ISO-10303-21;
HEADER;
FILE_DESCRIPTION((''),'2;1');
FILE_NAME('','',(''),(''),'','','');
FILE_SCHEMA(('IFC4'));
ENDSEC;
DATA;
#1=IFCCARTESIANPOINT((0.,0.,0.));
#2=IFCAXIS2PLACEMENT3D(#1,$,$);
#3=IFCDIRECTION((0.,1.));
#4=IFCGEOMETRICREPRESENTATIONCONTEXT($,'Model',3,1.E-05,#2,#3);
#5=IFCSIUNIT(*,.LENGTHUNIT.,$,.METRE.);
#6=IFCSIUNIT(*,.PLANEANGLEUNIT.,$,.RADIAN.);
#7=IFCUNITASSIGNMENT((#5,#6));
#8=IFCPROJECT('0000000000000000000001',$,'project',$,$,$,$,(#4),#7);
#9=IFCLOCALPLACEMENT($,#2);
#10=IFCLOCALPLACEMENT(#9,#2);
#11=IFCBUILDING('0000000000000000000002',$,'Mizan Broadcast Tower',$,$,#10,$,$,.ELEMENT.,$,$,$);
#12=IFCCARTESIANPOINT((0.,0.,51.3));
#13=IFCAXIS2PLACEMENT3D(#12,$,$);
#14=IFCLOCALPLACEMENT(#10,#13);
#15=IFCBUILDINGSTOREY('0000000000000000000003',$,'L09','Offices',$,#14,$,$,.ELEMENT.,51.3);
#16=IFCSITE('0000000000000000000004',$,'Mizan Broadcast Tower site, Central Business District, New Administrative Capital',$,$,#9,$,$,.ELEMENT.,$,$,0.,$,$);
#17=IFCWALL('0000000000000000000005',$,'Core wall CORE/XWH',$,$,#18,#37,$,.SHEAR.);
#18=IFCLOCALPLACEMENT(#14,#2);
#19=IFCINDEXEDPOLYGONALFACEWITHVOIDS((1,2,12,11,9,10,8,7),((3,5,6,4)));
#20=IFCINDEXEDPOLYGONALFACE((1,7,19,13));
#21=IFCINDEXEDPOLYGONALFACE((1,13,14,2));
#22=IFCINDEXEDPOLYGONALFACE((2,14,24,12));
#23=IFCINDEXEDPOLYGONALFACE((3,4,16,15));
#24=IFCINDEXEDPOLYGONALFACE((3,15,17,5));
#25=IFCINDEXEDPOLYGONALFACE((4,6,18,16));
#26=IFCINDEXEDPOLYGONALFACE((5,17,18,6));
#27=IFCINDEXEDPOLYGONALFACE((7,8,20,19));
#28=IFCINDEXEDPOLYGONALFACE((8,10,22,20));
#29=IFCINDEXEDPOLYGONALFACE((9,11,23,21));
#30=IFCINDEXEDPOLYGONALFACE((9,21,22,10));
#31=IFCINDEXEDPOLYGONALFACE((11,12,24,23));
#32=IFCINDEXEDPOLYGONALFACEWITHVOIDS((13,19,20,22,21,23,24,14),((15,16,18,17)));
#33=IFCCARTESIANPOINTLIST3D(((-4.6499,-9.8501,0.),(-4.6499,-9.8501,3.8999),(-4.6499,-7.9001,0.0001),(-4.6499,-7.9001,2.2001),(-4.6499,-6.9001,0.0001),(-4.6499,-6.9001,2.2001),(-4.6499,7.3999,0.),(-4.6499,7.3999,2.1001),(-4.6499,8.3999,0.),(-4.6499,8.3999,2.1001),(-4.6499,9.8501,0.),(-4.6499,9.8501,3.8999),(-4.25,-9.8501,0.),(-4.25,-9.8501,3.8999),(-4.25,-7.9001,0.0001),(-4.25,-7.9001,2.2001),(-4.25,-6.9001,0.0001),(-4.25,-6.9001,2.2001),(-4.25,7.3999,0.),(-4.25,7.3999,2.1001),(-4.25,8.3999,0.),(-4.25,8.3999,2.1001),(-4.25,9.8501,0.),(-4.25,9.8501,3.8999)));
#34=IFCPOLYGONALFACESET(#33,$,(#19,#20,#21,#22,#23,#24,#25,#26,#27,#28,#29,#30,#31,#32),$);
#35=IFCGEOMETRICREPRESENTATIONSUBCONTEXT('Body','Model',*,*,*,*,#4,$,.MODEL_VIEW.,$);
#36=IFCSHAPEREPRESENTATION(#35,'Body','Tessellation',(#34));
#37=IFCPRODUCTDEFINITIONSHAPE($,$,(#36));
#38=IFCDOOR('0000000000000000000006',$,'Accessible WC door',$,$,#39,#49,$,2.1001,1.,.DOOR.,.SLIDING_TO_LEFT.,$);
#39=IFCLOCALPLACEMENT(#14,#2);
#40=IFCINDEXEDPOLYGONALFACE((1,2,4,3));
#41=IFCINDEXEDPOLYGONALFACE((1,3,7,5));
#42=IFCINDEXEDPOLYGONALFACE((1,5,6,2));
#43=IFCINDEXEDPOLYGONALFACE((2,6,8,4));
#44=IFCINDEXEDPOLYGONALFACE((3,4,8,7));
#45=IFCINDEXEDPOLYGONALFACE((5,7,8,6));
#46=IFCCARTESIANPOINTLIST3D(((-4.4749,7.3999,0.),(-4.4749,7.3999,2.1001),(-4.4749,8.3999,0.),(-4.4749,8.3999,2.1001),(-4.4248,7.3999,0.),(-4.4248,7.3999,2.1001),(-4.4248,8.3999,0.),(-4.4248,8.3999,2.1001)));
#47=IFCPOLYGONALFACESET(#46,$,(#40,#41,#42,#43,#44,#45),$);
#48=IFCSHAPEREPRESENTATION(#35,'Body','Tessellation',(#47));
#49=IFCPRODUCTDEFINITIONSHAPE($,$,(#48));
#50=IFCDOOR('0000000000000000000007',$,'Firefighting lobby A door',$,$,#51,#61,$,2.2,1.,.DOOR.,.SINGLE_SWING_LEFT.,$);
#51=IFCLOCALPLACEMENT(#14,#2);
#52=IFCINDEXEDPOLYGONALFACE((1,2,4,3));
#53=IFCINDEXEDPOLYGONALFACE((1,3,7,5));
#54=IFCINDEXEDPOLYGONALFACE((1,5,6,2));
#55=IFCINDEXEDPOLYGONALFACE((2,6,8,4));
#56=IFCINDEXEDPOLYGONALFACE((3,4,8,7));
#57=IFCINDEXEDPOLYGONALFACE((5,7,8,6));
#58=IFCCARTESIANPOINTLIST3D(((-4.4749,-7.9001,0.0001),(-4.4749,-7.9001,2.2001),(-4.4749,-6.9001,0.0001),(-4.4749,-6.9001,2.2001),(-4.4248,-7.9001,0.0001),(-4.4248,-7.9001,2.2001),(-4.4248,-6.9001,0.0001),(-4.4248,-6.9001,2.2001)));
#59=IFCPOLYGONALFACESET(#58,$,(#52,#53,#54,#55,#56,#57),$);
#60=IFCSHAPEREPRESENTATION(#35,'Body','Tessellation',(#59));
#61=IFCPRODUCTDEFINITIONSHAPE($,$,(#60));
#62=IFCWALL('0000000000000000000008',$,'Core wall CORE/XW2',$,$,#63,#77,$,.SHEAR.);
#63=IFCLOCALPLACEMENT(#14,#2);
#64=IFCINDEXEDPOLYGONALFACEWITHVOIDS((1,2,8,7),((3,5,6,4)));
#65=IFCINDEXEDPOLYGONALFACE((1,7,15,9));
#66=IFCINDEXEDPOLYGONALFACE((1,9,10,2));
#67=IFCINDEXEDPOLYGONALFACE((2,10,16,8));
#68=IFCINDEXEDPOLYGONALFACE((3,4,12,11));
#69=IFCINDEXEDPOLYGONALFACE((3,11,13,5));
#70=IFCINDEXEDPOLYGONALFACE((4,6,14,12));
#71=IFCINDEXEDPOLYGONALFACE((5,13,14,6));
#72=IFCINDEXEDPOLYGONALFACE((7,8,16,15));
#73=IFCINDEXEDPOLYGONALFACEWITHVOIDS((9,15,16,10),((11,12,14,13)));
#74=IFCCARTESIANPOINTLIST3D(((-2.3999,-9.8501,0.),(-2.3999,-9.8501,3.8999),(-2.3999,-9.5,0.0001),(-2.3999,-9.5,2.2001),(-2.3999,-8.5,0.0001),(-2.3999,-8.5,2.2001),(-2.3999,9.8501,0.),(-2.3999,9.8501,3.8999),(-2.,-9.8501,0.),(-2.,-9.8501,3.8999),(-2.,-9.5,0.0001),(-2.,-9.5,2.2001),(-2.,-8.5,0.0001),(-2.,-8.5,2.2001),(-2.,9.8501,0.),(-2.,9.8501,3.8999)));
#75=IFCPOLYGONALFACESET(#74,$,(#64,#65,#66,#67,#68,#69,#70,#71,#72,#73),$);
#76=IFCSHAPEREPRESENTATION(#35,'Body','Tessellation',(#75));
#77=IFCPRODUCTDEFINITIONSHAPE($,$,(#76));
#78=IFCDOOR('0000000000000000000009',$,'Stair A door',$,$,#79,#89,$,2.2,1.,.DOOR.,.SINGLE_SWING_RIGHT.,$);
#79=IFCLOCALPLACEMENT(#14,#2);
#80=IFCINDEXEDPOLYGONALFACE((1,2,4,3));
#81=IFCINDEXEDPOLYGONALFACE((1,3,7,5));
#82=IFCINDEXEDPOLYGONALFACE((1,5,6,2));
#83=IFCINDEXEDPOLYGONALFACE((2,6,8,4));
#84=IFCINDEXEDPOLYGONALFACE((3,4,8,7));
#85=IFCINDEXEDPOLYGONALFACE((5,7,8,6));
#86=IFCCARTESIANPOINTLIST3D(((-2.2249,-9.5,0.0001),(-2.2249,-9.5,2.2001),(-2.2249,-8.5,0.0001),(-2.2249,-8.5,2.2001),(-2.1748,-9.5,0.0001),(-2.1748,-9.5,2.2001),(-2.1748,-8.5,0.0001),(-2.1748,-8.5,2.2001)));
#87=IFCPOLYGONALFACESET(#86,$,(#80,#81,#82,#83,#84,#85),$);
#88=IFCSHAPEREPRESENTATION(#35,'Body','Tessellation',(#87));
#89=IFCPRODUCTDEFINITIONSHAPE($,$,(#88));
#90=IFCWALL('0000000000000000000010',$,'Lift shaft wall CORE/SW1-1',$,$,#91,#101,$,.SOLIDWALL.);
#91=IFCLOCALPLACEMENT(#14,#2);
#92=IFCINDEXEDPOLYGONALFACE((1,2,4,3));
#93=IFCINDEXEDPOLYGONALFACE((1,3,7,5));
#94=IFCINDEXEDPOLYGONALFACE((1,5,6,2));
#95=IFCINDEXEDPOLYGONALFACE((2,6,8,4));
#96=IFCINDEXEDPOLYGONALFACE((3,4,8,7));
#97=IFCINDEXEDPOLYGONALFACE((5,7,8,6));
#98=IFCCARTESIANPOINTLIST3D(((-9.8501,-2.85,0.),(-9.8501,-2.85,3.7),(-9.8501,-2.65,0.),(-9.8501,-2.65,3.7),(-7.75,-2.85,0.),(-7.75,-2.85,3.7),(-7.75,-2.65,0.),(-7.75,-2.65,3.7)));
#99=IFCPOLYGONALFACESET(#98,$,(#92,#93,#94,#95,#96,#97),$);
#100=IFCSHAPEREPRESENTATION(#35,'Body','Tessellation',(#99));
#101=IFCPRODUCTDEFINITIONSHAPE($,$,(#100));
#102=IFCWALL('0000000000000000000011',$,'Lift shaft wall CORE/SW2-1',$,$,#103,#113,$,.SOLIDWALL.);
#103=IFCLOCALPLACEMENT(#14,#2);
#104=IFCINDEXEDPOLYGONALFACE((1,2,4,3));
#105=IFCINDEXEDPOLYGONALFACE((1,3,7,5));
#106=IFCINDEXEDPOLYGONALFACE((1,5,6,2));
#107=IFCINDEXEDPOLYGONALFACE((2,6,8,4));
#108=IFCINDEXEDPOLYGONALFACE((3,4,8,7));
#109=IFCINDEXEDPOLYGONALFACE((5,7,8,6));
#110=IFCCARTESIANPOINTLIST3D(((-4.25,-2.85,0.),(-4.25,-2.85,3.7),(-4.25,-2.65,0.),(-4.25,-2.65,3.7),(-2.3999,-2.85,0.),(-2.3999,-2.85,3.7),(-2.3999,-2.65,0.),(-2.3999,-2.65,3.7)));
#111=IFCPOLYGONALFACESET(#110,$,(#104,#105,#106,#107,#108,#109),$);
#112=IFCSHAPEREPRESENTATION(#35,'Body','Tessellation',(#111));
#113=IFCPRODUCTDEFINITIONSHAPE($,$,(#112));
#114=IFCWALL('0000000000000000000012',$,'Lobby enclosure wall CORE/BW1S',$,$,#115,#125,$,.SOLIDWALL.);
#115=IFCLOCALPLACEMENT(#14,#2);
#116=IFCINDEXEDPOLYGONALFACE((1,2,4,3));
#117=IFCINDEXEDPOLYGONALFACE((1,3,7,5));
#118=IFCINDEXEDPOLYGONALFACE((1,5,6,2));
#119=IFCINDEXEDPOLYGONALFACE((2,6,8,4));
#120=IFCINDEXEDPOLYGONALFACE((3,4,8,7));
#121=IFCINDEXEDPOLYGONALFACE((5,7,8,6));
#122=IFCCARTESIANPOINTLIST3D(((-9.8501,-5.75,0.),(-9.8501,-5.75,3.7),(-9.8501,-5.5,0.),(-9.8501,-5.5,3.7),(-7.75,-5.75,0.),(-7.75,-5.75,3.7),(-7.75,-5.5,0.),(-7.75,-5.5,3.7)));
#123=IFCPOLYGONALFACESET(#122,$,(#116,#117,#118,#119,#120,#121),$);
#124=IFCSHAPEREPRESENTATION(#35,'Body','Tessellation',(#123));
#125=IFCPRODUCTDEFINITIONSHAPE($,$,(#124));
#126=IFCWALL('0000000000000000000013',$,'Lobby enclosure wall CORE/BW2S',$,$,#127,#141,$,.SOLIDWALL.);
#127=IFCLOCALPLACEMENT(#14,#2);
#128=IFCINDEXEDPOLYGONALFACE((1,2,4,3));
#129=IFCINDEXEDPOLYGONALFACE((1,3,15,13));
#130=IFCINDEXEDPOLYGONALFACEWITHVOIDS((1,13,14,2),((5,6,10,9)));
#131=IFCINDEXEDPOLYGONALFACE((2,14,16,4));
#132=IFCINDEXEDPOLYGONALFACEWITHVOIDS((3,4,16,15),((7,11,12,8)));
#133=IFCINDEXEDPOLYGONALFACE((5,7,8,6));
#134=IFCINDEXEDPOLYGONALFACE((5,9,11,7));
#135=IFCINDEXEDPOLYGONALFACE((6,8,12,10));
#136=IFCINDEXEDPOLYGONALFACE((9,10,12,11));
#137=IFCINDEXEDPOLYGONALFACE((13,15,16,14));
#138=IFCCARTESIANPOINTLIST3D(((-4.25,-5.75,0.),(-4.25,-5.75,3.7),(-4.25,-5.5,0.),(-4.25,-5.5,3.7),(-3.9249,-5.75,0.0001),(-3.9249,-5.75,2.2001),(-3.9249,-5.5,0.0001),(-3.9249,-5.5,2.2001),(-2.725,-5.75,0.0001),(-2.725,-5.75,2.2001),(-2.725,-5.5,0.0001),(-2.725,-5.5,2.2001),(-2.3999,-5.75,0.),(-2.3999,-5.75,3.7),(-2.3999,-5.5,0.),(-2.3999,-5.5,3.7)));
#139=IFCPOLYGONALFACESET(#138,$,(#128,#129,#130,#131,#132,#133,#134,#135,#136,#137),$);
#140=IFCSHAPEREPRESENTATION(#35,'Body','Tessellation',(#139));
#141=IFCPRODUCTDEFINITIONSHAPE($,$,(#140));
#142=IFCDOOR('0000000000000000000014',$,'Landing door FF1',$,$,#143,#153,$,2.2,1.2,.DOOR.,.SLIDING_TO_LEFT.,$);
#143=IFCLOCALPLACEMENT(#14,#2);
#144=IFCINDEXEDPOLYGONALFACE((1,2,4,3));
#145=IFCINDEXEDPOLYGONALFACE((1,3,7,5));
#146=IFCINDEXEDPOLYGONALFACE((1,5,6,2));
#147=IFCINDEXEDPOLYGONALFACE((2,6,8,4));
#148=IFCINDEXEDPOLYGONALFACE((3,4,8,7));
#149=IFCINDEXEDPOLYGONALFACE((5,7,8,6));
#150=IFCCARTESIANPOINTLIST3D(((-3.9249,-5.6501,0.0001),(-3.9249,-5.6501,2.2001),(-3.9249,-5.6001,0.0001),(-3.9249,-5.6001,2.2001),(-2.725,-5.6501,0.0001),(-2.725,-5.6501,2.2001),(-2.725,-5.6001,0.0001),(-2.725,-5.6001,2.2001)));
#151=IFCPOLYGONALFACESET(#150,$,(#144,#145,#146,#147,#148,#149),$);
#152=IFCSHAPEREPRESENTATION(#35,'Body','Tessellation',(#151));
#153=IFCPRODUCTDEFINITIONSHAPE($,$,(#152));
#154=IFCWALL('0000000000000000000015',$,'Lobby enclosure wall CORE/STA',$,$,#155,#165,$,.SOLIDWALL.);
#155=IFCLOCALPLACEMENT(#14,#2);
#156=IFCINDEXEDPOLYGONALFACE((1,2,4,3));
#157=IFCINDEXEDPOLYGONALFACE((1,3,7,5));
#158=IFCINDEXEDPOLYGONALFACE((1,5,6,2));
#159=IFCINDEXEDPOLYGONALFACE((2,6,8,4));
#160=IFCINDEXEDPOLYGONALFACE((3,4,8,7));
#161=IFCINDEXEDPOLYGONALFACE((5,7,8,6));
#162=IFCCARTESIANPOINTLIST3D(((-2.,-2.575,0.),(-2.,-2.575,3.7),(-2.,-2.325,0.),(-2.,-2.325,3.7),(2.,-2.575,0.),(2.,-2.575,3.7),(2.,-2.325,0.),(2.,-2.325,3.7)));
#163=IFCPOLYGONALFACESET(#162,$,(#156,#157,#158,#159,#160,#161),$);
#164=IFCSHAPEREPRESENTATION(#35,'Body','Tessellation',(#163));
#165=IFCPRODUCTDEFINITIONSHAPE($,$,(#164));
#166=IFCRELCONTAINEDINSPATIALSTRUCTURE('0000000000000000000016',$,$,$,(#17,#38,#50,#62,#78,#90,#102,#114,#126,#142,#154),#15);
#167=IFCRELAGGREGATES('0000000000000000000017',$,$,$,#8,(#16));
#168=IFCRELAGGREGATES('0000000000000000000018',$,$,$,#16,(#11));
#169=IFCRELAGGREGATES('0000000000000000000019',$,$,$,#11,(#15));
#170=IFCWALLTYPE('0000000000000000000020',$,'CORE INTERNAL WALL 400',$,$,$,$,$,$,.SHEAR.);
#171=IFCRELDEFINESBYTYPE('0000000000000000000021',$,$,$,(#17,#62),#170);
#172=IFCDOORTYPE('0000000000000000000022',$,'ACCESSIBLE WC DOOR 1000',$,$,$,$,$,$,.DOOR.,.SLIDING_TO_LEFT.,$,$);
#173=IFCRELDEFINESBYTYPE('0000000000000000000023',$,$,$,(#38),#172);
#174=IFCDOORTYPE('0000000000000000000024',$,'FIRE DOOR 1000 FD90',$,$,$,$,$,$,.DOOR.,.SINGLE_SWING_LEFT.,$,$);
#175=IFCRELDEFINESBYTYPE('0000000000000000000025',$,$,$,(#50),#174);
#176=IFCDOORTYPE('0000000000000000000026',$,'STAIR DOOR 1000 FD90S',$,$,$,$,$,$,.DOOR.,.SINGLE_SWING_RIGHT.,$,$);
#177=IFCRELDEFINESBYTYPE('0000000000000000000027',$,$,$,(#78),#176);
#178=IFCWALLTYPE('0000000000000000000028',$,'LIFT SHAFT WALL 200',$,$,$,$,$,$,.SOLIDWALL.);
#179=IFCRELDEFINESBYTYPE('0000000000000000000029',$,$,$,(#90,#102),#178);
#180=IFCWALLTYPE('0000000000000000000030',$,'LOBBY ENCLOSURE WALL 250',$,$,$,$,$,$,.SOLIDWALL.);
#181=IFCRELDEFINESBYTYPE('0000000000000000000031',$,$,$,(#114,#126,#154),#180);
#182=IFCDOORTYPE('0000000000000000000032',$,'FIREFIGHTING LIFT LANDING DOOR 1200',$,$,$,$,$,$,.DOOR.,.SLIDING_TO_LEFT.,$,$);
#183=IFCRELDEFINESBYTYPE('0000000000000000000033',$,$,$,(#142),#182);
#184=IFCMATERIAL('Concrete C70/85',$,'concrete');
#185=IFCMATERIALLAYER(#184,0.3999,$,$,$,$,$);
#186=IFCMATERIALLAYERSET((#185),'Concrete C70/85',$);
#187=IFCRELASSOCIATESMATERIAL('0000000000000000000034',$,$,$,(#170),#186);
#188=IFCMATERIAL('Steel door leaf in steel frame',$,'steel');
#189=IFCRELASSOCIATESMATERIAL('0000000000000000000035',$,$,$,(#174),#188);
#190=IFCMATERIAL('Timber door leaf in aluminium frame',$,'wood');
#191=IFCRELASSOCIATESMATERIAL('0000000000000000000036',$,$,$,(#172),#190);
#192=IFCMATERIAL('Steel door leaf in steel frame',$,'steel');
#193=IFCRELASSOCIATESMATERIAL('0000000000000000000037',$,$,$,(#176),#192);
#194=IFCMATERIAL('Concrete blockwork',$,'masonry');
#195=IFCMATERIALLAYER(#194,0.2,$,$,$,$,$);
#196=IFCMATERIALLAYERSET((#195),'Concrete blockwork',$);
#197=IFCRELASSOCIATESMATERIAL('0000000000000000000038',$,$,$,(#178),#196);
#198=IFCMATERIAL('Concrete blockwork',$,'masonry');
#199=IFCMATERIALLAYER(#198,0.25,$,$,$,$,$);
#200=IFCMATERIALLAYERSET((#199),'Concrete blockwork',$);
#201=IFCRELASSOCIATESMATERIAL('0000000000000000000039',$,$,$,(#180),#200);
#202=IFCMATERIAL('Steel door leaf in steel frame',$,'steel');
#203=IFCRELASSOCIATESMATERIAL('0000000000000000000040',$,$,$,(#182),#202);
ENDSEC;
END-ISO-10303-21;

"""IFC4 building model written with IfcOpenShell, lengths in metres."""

from ifc_helpers import new_model, si_unit, direction, frame, frame_2d, origin, place, context, subcontext, project, spatial, rectangle, extrude, material, layer, layer_set, type_object, element, fill, save


model = new_model("IFC4")

# Units and contexts
model_context = context("Model", 3, precision=1e-05, world=origin(), true_north=direction((0.0, 1.0)))
body_context = subcontext(model_context, "Body", "Model", "MODEL_VIEW")
ifc_project = project(units=[si_unit("LENGTHUNIT", "METRE"), si_unit("PLANEANGLEUNIT", "RADIAN")], contexts=[model_context])

# Site, building, storey
site_placement = place(None, origin())
site = spatial("IfcSite", under=ifc_project, at=site_placement, Name="Mizan Broadcast Tower site, Central Business District, New Administrative Capital", CompositionType="ELEMENT", RefElevation=0.0)
building_placement = place(site_placement, origin())
building = spatial("IfcBuilding", under=site, at=building_placement, Name="Mizan Broadcast Tower", CompositionType="ELEMENT")
storey_placement = place(building_placement, frame((0.0, 0.0, 51.3)))
storey = spatial("IfcBuildingStorey", under=building, at=storey_placement, Name="L09", Description="Offices", CompositionType="ELEMENT", Elevation=51.3)

# Wall, openings, doors
ifc_material_1 = material(Name="Concrete C70/85", Category="concrete")
ifc_layer_1 = layer(ifc_material_1, 0.3999)
ifc_layer_set_1 = layer_set([ifc_layer_1], Name="Concrete C70/85")
wall_type_1 = type_object("IfcWallType", Name="CORE INTERNAL WALL 400", PredefinedType="SHEAR", material=ifc_layer_set_1)
ifc_material_2 = material(Name="Steel door leaf in steel frame", Category="steel")
door_type_1 = type_object("IfcDoorType", Name="FIRE DOOR 1000 FD90", OperationType="SINGLE_SWING_LEFT", PredefinedType="DOOR", material=ifc_material_2)
wall_1_placement = place(storey_placement, frame((-4.45, -9.8501, 0.0), z_axis=(0.0, 0.0, 1.0), x_axis=(0.0, 1.0, 0.0)))
wall_1 = element("IfcWall", 1, at=wall_1_placement, inside=storey, type_object=wall_type_1, Name="Core wall CORE/XWH", PredefinedType="SHEAR", context=body_context, shape_type="SweptSolid", body=[
    extrude(rectangle(XDim=19.7002, YDim=0.3999, at=frame_2d((9.8501, 0.0))), origin(), (0.0, 0.0, 1.0), 3.8999),
])
opening_1_placement = place(wall_1_placement, frame((1.95, 0.0, 0.0)))
opening_1 = element("IfcOpeningElement", 2, at=opening_1_placement, cuts=wall_1, PredefinedType="OPENING", context=body_context, shape_type="SweptSolid", body=[
    extrude(rectangle(XDim=1.0, YDim=2.2, at=frame_2d((0.5, 1.1001))), frame((0.0, 0.21, 0.0), z_axis=(0.0, -1.0, 0.0), x_axis=(1.0, 0.0, 0.0)), (0.0, 0.0, 1.0), 0.4199),
])
opening_2_placement = place(wall_1_placement, frame((17.25, 0.0, 0.0)))
opening_2 = element("IfcOpeningElement", 3, at=opening_2_placement, cuts=wall_1, PredefinedType="OPENING", context=body_context, shape_type="SweptSolid", body=[
    extrude(rectangle(XDim=1.0, YDim=2.1001, at=frame_2d((0.5, 1.05))), frame((0.0, 0.21, 0.0), z_axis=(0.0, -1.0, 0.0), x_axis=(1.0, 0.0, 0.0)), (0.0, 0.0, 1.0), 0.4199),
])
ifc_material_3 = material(Name="Timber door leaf in aluminium frame", Category="wood")
door_type_2 = type_object("IfcDoorType", Name="ACCESSIBLE WC DOOR 1000", OperationType="SLIDING_TO_LEFT", PredefinedType="DOOR", material=ifc_material_3)
door_1_placement = place(opening_2_placement, origin())
door_1 = element("IfcDoor", 4, at=door_1_placement, inside=storey, type_object=door_type_2, Name="Accessible WC door", OperationType="SLIDING_TO_LEFT", OverallHeight=2.1001, OverallWidth=1.0, PredefinedType="DOOR", context=body_context, shape_type="SweptSolid", body=[
    extrude(rectangle(XDim=1.0, YDim=2.1001, at=frame_2d((0.5, 1.05))), frame((0.0, 0.0249, 0.0), z_axis=(0.0, -1.0, 0.0), x_axis=(1.0, 0.0, 0.0)), (0.0, 0.0, 1.0), 0.05),
])
fill(opening_2, door_1)
door_2_placement = place(opening_1_placement, origin())
door_2 = element("IfcDoor", 5, at=door_2_placement, inside=storey, type_object=door_type_1, Name="Firefighting lobby A door", OperationType="SINGLE_SWING_LEFT", OverallHeight=2.2, OverallWidth=1.0, PredefinedType="DOOR", context=body_context, shape_type="SweptSolid", body=[
    extrude(rectangle(XDim=1.0, YDim=2.2, at=frame_2d((0.5, 1.1001))), frame((0.0, 0.0249, 0.0), z_axis=(0.0, -1.0, 0.0), x_axis=(1.0, 0.0, 0.0)), (0.0, 0.0, 1.0), 0.05),
])
fill(opening_1, door_2)

# Wall, opening, door
wall_2_placement = place(storey_placement, frame((-2.2, -9.8501, 0.0), z_axis=(0.0, 0.0, 1.0), x_axis=(0.0, 1.0, 0.0)))
wall_2 = element("IfcWall", 6, at=wall_2_placement, inside=storey, type_object=wall_type_1, Name="Core wall CORE/XW2", PredefinedType="SHEAR", context=body_context, shape_type="SweptSolid", body=[
    extrude(rectangle(XDim=19.7002, YDim=0.3999, at=frame_2d((9.8501, 0.0))), origin(), (0.0, 0.0, 1.0), 3.8999),
])
opening_3_placement = place(wall_2_placement, frame((0.3501, 0.0, 0.0)))
opening_3 = element("IfcOpeningElement", 7, at=opening_3_placement, cuts=wall_2, PredefinedType="OPENING", context=body_context, shape_type="SweptSolid", body=[
    extrude(rectangle(XDim=1.0, YDim=2.2, at=frame_2d((0.5, 1.1001))), frame((0.0, 0.21, 0.0), z_axis=(0.0, -1.0, 0.0), x_axis=(1.0, 0.0, 0.0)), (0.0, 0.0, 1.0), 0.4199),
])
ifc_material_4 = material(Name="Steel door leaf in steel frame", Category="steel")
door_type_3 = type_object("IfcDoorType", Name="STAIR DOOR 1000 FD90S", OperationType="SINGLE_SWING_RIGHT", PredefinedType="DOOR", material=ifc_material_4)
door_3_placement = place(opening_3_placement, origin())
door_3 = element("IfcDoor", 8, at=door_3_placement, inside=storey, type_object=door_type_3, Name="Stair A door", OperationType="SINGLE_SWING_RIGHT", OverallHeight=2.2, OverallWidth=1.0, PredefinedType="DOOR", context=body_context, shape_type="SweptSolid", body=[
    extrude(rectangle(XDim=1.0, YDim=2.2, at=frame_2d((0.5, 1.1001))), frame((0.0, 0.0249, 0.0), z_axis=(0.0, -1.0, 0.0), x_axis=(1.0, 0.0, 0.0)), (0.0, 0.0, 1.0), 0.05),
])
fill(opening_3, door_3)

# Walls
ifc_material_5 = material(Name="Concrete blockwork", Category="masonry")
ifc_layer_2 = layer(ifc_material_5, 0.2)
ifc_layer_set_2 = layer_set([ifc_layer_2], Name="Concrete blockwork")
wall_type_2 = type_object("IfcWallType", Name="LIFT SHAFT WALL 200", PredefinedType="SOLIDWALL", material=ifc_layer_set_2)
wall_3_placement = place(storey_placement, frame((-9.8501, -2.75, 0.0), z_axis=(0.0, 0.0, 1.0), x_axis=(1.0, 0.0, 0.0)))
element("IfcWall", 9, at=wall_3_placement, inside=storey, type_object=wall_type_2, Name="Lift shaft wall CORE/SW1-1", PredefinedType="SOLIDWALL", context=body_context, shape_type="SweptSolid", body=[
    extrude(rectangle(XDim=2.1001, YDim=0.2, at=frame_2d((1.05, 0.0))), origin(), (0.0, 0.0, 1.0), 3.7),
])
wall_4_placement = place(storey_placement, frame((-4.25, -2.75, 0.0), z_axis=(0.0, 0.0, 1.0), x_axis=(1.0, 0.0, 0.0)))
element("IfcWall", 10, at=wall_4_placement, inside=storey, type_object=wall_type_2, Name="Lift shaft wall CORE/SW2-1", PredefinedType="SOLIDWALL", context=body_context, shape_type="SweptSolid", body=[
    extrude(rectangle(XDim=1.8501, YDim=0.2, at=frame_2d((0.925, 0.0))), origin(), (0.0, 0.0, 1.0), 3.7),
])
ifc_material_6 = material(Name="Concrete blockwork", Category="masonry")
ifc_layer_3 = layer(ifc_material_6, 0.25)
ifc_layer_set_3 = layer_set([ifc_layer_3], Name="Concrete blockwork")
wall_type_3 = type_object("IfcWallType", Name="LOBBY ENCLOSURE WALL 250", PredefinedType="SOLIDWALL", material=ifc_layer_set_3)
wall_5_placement = place(storey_placement, frame((-9.8501, -5.625, 0.0), z_axis=(0.0, 0.0, 1.0), x_axis=(1.0, 0.0, 0.0)))
element("IfcWall", 11, at=wall_5_placement, inside=storey, type_object=wall_type_3, Name="Lobby enclosure wall CORE/BW1S", PredefinedType="SOLIDWALL", context=body_context, shape_type="SweptSolid", body=[
    extrude(rectangle(XDim=2.1001, YDim=0.25, at=frame_2d((1.05, 0.0))), origin(), (0.0, 0.0, 1.0), 3.7),
])

# Wall, opening, door
wall_6_placement = place(storey_placement, frame((-4.25, -5.625, 0.0), z_axis=(0.0, 0.0, 1.0), x_axis=(1.0, 0.0, 0.0)))
wall_6 = element("IfcWall", 12, at=wall_6_placement, inside=storey, type_object=wall_type_3, Name="Lobby enclosure wall CORE/BW2S", PredefinedType="SOLIDWALL", context=body_context, shape_type="SweptSolid", body=[
    extrude(rectangle(XDim=1.8501, YDim=0.25, at=frame_2d((0.925, 0.0))), origin(), (0.0, 0.0, 1.0), 3.7),
])
opening_4_placement = place(wall_6_placement, frame((0.325, 0.0, 0.0)))
opening_4 = element("IfcOpeningElement", 13, at=opening_4_placement, cuts=wall_6, PredefinedType="OPENING", context=body_context, shape_type="SweptSolid", body=[
    extrude(rectangle(XDim=1.2, YDim=2.2, at=frame_2d((0.6001, 1.1001))), frame((0.0, 0.135, 0.0), z_axis=(0.0, -1.0, 0.0), x_axis=(1.0, 0.0, 0.0)), (0.0, 0.0, 1.0), 0.27),
])
ifc_material_7 = material(Name="Steel door leaf in steel frame", Category="steel")
door_type_4 = type_object("IfcDoorType", Name="FIREFIGHTING LIFT LANDING DOOR 1200", OperationType="SLIDING_TO_LEFT", PredefinedType="DOOR", material=ifc_material_7)
door_4_placement = place(opening_4_placement, origin())
door_4 = element("IfcDoor", 14, at=door_4_placement, inside=storey, type_object=door_type_4, Name="Landing door FF1", OperationType="SLIDING_TO_LEFT", OverallHeight=2.2, OverallWidth=1.2, PredefinedType="DOOR", context=body_context, shape_type="SweptSolid", body=[
    extrude(rectangle(XDim=1.2, YDim=2.2, at=frame_2d((0.6001, 1.1001))), frame((0.0, 0.0249, 0.0), z_axis=(0.0, -1.0, 0.0), x_axis=(1.0, 0.0, 0.0)), (0.0, 0.0, 1.0), 0.05),
])
fill(opening_4, door_4)

# Wall
wall_7_placement = place(storey_placement, frame((-2.0, -2.45, 0.0), z_axis=(0.0, 0.0, 1.0), x_axis=(1.0, 0.0, 0.0)))
element("IfcWall", 15, at=wall_7_placement, inside=storey, type_object=wall_type_3, Name="Lobby enclosure wall CORE/STA", PredefinedType="SOLIDWALL", context=body_context, shape_type="SweptSolid", body=[
    extrude(rectangle(XDim=4.0, YDim=0.25, at=frame_2d((2.0, 0.0))), origin(), (0.0, 0.0, 1.0), 3.7),
])

save(model, "model.ifc")
